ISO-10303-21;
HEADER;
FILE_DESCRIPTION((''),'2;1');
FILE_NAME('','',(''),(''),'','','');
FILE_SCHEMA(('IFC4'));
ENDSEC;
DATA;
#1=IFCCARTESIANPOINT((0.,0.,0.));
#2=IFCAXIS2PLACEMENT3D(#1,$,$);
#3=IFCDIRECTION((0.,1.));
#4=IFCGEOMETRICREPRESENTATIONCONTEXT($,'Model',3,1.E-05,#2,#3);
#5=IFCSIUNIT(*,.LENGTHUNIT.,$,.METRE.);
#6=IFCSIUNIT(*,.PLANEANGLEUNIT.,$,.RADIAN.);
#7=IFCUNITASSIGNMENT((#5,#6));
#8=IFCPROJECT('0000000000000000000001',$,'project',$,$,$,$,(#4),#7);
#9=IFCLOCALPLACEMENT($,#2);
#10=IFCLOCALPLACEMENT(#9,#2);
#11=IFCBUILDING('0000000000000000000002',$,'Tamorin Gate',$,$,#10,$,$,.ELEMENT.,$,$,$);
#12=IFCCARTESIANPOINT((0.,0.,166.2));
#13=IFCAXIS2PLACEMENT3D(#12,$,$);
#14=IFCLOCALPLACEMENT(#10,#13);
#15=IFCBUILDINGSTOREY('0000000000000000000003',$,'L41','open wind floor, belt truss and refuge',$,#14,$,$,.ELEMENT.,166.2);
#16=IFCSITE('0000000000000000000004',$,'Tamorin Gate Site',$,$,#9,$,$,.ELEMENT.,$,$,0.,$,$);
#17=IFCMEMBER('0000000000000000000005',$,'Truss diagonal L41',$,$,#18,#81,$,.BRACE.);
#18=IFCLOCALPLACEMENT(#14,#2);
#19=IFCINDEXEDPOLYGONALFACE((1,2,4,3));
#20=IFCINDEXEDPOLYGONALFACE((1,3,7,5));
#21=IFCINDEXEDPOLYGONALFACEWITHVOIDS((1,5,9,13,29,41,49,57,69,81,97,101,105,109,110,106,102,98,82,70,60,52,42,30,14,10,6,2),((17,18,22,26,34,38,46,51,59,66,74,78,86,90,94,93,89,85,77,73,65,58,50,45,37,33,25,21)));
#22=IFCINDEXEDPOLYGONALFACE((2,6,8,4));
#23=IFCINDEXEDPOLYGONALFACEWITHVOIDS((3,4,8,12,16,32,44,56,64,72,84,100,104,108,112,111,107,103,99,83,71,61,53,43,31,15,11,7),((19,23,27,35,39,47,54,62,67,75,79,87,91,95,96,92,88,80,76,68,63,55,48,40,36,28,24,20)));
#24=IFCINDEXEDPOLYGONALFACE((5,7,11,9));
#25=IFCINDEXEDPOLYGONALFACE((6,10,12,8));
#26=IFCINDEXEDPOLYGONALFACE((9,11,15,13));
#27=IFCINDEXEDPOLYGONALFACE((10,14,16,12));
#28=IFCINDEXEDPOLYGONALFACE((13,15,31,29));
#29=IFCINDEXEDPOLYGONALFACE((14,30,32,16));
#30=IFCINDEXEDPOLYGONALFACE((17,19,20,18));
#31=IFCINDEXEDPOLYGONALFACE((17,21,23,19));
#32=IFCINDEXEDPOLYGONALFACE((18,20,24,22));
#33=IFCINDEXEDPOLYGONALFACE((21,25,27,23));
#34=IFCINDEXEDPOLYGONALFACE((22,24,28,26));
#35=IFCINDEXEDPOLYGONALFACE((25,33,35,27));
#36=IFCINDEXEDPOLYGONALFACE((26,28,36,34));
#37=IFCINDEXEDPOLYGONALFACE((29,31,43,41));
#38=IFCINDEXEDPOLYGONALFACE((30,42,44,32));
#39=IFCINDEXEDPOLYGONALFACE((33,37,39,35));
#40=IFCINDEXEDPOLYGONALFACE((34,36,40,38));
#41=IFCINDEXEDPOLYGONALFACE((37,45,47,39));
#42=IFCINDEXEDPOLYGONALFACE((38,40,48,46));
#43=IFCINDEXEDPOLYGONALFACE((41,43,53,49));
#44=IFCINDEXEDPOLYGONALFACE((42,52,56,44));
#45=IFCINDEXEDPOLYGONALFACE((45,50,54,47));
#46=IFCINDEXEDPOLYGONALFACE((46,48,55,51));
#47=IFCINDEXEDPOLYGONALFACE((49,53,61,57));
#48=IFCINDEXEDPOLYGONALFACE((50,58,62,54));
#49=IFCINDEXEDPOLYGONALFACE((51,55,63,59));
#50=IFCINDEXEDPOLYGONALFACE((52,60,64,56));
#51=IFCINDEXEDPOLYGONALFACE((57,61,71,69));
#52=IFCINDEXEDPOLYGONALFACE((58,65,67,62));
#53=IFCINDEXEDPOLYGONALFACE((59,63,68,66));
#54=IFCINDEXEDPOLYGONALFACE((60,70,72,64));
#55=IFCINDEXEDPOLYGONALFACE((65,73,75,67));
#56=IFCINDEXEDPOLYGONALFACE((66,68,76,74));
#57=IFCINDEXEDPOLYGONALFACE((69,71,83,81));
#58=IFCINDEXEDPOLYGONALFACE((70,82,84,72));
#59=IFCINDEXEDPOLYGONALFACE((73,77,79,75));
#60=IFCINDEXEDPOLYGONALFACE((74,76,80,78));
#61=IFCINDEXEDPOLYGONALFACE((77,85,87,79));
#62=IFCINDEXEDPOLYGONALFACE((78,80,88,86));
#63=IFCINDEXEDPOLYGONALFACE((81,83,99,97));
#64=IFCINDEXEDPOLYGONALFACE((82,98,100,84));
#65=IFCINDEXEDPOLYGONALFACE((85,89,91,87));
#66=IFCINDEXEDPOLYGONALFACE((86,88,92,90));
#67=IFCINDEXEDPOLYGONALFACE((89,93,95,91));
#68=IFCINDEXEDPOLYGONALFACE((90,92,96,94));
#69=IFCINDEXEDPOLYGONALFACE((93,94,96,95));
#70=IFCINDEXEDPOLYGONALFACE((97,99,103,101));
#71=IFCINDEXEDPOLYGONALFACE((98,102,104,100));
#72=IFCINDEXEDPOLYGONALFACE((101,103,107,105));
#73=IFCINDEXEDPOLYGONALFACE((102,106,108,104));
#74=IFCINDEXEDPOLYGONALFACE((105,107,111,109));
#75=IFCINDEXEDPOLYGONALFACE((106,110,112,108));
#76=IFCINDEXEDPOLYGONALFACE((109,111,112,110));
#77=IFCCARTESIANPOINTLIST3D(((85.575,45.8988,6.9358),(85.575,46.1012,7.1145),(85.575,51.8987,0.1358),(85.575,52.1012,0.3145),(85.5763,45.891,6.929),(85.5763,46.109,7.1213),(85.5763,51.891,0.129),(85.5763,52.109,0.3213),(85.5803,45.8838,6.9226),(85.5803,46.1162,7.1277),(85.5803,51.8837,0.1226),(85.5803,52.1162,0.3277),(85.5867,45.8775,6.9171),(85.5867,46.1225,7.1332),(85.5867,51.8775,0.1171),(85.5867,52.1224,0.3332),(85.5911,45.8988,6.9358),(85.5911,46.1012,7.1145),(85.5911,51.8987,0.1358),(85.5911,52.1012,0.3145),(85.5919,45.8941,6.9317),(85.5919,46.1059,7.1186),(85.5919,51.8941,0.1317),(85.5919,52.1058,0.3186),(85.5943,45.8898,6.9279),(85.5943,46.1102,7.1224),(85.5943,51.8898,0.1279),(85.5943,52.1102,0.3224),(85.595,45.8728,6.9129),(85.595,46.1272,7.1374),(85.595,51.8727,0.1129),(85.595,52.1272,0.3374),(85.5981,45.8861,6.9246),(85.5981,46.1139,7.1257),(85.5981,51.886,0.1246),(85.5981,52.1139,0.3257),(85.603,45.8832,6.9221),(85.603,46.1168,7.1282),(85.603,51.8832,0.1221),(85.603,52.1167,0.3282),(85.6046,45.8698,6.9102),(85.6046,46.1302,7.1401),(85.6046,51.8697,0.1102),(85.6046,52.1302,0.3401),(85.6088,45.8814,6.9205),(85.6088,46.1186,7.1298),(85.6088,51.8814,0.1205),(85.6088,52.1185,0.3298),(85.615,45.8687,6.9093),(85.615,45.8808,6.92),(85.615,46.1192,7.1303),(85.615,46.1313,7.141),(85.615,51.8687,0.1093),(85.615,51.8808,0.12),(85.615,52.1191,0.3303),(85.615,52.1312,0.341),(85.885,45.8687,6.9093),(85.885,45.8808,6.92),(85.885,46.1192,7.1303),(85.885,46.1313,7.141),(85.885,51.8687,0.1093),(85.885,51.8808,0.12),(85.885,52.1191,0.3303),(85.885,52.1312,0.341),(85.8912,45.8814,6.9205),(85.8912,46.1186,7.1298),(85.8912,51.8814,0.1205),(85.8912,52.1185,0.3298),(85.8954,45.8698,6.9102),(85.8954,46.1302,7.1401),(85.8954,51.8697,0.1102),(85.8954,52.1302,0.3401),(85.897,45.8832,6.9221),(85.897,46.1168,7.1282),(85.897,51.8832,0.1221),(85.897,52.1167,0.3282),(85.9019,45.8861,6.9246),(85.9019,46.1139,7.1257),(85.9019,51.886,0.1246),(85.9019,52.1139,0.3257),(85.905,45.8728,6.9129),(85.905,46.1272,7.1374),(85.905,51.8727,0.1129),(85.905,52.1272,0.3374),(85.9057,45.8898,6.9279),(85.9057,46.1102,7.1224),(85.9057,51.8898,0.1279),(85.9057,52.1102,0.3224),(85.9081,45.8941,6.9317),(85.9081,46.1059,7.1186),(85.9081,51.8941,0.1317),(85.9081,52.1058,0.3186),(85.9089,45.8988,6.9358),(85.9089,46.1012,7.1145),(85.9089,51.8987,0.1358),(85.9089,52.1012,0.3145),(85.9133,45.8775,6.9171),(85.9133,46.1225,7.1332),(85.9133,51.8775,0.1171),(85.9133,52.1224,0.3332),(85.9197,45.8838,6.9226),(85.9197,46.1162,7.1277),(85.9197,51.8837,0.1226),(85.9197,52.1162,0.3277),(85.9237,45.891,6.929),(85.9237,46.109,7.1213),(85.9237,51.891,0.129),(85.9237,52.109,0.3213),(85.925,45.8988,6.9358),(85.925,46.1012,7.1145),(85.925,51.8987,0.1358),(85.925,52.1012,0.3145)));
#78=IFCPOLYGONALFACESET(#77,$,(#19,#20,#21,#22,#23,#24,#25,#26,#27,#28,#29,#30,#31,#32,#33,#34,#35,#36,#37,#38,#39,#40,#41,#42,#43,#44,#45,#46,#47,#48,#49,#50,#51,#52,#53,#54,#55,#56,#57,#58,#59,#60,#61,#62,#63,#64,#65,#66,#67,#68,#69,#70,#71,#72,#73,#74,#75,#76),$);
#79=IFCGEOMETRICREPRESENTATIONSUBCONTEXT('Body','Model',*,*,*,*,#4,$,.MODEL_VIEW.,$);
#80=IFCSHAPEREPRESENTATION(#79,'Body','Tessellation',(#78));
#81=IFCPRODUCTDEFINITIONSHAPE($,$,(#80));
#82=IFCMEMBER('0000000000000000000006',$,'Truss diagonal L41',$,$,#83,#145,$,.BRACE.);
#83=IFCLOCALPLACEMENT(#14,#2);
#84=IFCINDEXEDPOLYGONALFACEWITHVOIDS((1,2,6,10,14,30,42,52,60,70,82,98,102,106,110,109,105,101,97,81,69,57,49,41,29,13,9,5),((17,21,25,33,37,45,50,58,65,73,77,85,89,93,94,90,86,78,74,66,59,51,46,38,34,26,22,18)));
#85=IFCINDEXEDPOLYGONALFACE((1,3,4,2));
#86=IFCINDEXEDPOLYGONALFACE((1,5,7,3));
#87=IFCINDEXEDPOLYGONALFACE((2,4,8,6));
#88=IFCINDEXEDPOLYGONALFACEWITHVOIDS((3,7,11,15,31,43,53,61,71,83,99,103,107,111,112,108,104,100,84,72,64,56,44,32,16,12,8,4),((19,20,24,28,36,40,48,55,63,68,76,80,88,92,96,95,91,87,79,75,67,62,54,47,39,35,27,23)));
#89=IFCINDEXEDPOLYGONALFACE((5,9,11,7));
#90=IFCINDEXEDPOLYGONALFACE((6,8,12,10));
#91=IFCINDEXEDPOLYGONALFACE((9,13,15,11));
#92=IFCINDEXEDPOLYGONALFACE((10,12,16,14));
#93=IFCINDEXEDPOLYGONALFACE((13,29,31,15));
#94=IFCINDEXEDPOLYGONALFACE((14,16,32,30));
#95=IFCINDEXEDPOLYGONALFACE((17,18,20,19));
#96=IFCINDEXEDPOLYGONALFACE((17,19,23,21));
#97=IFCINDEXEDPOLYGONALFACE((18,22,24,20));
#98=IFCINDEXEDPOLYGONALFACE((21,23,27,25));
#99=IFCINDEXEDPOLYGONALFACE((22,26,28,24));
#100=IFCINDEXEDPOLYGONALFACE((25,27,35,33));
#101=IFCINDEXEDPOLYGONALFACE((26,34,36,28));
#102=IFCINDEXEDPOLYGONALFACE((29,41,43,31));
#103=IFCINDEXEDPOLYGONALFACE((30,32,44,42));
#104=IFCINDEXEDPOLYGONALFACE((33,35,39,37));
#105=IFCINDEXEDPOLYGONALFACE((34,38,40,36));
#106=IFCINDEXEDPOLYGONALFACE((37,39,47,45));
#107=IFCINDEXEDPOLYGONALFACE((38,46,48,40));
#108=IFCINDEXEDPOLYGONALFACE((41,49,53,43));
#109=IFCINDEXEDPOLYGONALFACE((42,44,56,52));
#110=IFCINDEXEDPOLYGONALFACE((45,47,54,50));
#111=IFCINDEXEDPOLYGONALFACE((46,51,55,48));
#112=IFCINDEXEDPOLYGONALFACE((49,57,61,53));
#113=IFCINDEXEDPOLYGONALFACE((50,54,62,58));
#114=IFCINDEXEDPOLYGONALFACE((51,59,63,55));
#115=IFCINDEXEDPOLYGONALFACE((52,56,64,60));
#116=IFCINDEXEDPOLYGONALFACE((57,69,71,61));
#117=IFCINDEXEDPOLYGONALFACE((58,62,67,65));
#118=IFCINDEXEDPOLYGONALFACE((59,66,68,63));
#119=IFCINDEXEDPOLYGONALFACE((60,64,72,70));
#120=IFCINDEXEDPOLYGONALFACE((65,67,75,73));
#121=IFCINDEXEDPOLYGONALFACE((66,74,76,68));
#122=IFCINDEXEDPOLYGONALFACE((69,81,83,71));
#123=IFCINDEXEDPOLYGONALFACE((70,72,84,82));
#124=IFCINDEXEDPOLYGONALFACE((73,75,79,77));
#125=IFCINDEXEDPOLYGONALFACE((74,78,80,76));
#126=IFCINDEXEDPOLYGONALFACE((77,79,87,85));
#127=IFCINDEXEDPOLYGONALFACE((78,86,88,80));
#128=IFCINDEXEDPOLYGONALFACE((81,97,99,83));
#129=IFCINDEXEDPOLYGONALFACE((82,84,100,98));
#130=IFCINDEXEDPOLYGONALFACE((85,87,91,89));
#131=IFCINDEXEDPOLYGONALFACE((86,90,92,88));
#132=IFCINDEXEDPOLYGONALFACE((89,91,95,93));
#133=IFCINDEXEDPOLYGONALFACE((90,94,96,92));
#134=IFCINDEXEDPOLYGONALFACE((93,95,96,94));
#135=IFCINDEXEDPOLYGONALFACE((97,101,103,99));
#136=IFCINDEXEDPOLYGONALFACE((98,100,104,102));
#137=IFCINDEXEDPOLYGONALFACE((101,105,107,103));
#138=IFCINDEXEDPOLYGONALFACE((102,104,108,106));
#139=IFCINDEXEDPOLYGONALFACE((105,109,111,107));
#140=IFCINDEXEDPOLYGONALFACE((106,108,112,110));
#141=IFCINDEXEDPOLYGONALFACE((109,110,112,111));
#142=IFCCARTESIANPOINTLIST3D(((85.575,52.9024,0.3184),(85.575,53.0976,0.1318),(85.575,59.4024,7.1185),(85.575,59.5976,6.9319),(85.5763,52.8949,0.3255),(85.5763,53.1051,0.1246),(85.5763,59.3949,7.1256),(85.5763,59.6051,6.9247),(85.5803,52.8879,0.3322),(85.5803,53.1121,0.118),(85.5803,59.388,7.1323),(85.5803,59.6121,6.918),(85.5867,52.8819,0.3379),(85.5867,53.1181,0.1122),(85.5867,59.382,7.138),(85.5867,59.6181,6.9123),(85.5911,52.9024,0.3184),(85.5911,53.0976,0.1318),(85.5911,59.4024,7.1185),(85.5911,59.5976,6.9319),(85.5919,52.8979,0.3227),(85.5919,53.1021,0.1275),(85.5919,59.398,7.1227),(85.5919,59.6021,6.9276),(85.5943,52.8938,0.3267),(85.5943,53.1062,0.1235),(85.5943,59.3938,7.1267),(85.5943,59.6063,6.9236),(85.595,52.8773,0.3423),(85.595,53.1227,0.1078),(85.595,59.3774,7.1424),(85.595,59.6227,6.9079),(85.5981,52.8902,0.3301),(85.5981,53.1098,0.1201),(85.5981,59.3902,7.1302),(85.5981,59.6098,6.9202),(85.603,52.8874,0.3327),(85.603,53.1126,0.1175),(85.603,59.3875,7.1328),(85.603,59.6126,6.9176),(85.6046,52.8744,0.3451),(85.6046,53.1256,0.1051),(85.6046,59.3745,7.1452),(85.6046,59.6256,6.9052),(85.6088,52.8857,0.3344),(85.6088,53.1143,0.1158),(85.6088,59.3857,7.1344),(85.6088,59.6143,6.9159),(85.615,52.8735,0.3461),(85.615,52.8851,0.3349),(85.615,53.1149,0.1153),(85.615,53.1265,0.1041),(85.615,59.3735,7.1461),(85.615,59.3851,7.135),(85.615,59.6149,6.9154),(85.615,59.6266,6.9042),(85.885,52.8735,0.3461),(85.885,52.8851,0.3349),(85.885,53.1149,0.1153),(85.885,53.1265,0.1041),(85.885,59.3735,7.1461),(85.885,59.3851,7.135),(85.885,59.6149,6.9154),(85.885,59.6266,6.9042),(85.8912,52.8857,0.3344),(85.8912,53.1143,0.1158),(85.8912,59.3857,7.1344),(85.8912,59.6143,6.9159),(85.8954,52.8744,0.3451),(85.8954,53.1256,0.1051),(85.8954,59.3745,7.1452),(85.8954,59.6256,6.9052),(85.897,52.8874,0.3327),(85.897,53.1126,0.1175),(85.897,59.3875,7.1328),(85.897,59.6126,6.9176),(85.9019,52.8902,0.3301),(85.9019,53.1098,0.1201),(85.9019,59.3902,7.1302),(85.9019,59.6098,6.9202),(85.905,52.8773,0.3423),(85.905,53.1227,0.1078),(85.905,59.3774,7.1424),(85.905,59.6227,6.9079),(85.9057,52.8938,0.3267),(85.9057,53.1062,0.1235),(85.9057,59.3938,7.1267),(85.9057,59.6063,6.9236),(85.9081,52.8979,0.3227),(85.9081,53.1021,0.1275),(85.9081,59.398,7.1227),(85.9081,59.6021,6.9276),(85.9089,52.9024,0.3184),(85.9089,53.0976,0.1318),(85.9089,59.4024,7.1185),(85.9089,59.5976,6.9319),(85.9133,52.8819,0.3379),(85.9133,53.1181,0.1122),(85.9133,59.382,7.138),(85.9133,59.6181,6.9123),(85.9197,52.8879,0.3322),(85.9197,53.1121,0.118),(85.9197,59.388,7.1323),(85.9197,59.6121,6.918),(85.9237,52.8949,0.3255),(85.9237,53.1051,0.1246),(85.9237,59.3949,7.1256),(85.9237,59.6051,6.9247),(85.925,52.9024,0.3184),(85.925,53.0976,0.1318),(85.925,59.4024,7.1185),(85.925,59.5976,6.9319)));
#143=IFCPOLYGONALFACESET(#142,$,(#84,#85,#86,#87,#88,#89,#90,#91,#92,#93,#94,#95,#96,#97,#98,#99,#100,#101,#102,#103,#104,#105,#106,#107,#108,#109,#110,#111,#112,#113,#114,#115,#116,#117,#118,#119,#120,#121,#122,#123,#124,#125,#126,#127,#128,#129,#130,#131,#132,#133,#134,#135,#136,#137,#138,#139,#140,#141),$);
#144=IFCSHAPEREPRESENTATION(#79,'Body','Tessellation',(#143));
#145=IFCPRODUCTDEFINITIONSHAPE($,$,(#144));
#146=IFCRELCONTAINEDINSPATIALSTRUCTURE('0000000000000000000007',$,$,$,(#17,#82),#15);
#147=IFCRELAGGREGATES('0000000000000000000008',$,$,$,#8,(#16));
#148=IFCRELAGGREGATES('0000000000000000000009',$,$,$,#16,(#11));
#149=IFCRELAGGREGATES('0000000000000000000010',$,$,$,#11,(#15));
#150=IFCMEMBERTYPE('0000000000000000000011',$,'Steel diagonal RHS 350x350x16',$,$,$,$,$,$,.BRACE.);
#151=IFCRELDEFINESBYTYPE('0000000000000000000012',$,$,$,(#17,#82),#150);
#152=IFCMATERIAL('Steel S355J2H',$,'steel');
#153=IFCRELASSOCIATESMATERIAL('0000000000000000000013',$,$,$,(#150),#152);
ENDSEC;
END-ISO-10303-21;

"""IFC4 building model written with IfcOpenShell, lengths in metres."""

from ifc_helpers import new_model, si_unit, direction, frame, origin, origin_2d, place, context, subcontext, project, spatial, hollow_rectangle, extrude, material, material_profile, profile_set, type_object, element, save


model = new_model("IFC4")

# Units and contexts
model_context = context("Model", 3, precision=1e-05, world=origin(), true_north=direction((0.0, 1.0)))
body_context = subcontext(model_context, "Body", "Model", "MODEL_VIEW")
ifc_project = project(units=[si_unit("LENGTHUNIT", "METRE"), si_unit("PLANEANGLEUNIT", "RADIAN")], contexts=[model_context])

# Site, building, storey
site_placement = place(None, origin())
site = spatial("IfcSite", under=ifc_project, at=site_placement, Name="Tamorin Gate Site", CompositionType="ELEMENT", RefElevation=0.0)
building_placement = place(site_placement, origin())
building = spatial("IfcBuilding", under=site, at=building_placement, Name="Tamorin Gate", CompositionType="ELEMENT")
storey_placement = place(building_placement, frame((0.0, 0.0, 166.2)))
storey = spatial("IfcBuildingStorey", under=building, at=storey_placement, Name="L41", Description="open wind floor, belt truss and refuge", CompositionType="ELEMENT", Elevation=166.2)

# Members
ifc_material_1 = material(Name="Steel S355J2H", Category="steel")
ifc_material_profile_1 = material_profile(ifc_material_1, hollow_rectangle(XDim=0.3501, YDim=0.3501, WallThickness=0.0161, InnerFilletRadius=0.0239, OuterFilletRadius=0.04, at=origin_2d()), Name="RHS 350x350x16")
ifc_profile_set_1 = profile_set([ifc_material_profile_1], Name="Steel S355J2H")
member_type_1 = type_object("IfcMemberType", Name="Steel diagonal RHS 350x350x16", PredefinedType="BRACE", material=ifc_profile_set_1)
for number, where, z_axis, x_axis, name in (
    (1, (85.75, 46.0, 7.0251), (0.0, 0.661619, -0.74984), (-1.0, 0.0, 0.0), "Truss diagonal L41"),
):
    element("IfcMember", number, at=place(storey_placement, frame(where, z_axis=z_axis, x_axis=x_axis)), inside=storey, type_object=member_type_1, Name=name, PredefinedType="BRACE", context=body_context, shape_type="SweptSolid", body=[
        extrude(hollow_rectangle(XDim=0.3501, YDim=0.3501, WallThickness=0.0161, InnerFilletRadius=0.0239, OuterFilletRadius=0.04, at=origin_2d()), origin(), (0.0, 0.0, 1.0), 9.0686),
    ])
for number, where, z_axis, x_axis, name in (
    (2, (85.75, 53.0, 0.2251), (0.0, 0.690979, 0.722875), (-1.0, 0.0, 0.0), "Truss diagonal L41"),
):
    element("IfcMember", number, at=place(storey_placement, frame(where, z_axis=z_axis, x_axis=x_axis)), inside=storey, type_object=member_type_1, Name=name, PredefinedType="BRACE", context=body_context, shape_type="SweptSolid", body=[
        extrude(hollow_rectangle(XDim=0.3501, YDim=0.3501, WallThickness=0.0161, InnerFilletRadius=0.0239, OuterFilletRadius=0.04, at=origin_2d()), origin(), (0.0, 0.0, 1.0), 9.407),
    ])

save(model, "model.ifc")
